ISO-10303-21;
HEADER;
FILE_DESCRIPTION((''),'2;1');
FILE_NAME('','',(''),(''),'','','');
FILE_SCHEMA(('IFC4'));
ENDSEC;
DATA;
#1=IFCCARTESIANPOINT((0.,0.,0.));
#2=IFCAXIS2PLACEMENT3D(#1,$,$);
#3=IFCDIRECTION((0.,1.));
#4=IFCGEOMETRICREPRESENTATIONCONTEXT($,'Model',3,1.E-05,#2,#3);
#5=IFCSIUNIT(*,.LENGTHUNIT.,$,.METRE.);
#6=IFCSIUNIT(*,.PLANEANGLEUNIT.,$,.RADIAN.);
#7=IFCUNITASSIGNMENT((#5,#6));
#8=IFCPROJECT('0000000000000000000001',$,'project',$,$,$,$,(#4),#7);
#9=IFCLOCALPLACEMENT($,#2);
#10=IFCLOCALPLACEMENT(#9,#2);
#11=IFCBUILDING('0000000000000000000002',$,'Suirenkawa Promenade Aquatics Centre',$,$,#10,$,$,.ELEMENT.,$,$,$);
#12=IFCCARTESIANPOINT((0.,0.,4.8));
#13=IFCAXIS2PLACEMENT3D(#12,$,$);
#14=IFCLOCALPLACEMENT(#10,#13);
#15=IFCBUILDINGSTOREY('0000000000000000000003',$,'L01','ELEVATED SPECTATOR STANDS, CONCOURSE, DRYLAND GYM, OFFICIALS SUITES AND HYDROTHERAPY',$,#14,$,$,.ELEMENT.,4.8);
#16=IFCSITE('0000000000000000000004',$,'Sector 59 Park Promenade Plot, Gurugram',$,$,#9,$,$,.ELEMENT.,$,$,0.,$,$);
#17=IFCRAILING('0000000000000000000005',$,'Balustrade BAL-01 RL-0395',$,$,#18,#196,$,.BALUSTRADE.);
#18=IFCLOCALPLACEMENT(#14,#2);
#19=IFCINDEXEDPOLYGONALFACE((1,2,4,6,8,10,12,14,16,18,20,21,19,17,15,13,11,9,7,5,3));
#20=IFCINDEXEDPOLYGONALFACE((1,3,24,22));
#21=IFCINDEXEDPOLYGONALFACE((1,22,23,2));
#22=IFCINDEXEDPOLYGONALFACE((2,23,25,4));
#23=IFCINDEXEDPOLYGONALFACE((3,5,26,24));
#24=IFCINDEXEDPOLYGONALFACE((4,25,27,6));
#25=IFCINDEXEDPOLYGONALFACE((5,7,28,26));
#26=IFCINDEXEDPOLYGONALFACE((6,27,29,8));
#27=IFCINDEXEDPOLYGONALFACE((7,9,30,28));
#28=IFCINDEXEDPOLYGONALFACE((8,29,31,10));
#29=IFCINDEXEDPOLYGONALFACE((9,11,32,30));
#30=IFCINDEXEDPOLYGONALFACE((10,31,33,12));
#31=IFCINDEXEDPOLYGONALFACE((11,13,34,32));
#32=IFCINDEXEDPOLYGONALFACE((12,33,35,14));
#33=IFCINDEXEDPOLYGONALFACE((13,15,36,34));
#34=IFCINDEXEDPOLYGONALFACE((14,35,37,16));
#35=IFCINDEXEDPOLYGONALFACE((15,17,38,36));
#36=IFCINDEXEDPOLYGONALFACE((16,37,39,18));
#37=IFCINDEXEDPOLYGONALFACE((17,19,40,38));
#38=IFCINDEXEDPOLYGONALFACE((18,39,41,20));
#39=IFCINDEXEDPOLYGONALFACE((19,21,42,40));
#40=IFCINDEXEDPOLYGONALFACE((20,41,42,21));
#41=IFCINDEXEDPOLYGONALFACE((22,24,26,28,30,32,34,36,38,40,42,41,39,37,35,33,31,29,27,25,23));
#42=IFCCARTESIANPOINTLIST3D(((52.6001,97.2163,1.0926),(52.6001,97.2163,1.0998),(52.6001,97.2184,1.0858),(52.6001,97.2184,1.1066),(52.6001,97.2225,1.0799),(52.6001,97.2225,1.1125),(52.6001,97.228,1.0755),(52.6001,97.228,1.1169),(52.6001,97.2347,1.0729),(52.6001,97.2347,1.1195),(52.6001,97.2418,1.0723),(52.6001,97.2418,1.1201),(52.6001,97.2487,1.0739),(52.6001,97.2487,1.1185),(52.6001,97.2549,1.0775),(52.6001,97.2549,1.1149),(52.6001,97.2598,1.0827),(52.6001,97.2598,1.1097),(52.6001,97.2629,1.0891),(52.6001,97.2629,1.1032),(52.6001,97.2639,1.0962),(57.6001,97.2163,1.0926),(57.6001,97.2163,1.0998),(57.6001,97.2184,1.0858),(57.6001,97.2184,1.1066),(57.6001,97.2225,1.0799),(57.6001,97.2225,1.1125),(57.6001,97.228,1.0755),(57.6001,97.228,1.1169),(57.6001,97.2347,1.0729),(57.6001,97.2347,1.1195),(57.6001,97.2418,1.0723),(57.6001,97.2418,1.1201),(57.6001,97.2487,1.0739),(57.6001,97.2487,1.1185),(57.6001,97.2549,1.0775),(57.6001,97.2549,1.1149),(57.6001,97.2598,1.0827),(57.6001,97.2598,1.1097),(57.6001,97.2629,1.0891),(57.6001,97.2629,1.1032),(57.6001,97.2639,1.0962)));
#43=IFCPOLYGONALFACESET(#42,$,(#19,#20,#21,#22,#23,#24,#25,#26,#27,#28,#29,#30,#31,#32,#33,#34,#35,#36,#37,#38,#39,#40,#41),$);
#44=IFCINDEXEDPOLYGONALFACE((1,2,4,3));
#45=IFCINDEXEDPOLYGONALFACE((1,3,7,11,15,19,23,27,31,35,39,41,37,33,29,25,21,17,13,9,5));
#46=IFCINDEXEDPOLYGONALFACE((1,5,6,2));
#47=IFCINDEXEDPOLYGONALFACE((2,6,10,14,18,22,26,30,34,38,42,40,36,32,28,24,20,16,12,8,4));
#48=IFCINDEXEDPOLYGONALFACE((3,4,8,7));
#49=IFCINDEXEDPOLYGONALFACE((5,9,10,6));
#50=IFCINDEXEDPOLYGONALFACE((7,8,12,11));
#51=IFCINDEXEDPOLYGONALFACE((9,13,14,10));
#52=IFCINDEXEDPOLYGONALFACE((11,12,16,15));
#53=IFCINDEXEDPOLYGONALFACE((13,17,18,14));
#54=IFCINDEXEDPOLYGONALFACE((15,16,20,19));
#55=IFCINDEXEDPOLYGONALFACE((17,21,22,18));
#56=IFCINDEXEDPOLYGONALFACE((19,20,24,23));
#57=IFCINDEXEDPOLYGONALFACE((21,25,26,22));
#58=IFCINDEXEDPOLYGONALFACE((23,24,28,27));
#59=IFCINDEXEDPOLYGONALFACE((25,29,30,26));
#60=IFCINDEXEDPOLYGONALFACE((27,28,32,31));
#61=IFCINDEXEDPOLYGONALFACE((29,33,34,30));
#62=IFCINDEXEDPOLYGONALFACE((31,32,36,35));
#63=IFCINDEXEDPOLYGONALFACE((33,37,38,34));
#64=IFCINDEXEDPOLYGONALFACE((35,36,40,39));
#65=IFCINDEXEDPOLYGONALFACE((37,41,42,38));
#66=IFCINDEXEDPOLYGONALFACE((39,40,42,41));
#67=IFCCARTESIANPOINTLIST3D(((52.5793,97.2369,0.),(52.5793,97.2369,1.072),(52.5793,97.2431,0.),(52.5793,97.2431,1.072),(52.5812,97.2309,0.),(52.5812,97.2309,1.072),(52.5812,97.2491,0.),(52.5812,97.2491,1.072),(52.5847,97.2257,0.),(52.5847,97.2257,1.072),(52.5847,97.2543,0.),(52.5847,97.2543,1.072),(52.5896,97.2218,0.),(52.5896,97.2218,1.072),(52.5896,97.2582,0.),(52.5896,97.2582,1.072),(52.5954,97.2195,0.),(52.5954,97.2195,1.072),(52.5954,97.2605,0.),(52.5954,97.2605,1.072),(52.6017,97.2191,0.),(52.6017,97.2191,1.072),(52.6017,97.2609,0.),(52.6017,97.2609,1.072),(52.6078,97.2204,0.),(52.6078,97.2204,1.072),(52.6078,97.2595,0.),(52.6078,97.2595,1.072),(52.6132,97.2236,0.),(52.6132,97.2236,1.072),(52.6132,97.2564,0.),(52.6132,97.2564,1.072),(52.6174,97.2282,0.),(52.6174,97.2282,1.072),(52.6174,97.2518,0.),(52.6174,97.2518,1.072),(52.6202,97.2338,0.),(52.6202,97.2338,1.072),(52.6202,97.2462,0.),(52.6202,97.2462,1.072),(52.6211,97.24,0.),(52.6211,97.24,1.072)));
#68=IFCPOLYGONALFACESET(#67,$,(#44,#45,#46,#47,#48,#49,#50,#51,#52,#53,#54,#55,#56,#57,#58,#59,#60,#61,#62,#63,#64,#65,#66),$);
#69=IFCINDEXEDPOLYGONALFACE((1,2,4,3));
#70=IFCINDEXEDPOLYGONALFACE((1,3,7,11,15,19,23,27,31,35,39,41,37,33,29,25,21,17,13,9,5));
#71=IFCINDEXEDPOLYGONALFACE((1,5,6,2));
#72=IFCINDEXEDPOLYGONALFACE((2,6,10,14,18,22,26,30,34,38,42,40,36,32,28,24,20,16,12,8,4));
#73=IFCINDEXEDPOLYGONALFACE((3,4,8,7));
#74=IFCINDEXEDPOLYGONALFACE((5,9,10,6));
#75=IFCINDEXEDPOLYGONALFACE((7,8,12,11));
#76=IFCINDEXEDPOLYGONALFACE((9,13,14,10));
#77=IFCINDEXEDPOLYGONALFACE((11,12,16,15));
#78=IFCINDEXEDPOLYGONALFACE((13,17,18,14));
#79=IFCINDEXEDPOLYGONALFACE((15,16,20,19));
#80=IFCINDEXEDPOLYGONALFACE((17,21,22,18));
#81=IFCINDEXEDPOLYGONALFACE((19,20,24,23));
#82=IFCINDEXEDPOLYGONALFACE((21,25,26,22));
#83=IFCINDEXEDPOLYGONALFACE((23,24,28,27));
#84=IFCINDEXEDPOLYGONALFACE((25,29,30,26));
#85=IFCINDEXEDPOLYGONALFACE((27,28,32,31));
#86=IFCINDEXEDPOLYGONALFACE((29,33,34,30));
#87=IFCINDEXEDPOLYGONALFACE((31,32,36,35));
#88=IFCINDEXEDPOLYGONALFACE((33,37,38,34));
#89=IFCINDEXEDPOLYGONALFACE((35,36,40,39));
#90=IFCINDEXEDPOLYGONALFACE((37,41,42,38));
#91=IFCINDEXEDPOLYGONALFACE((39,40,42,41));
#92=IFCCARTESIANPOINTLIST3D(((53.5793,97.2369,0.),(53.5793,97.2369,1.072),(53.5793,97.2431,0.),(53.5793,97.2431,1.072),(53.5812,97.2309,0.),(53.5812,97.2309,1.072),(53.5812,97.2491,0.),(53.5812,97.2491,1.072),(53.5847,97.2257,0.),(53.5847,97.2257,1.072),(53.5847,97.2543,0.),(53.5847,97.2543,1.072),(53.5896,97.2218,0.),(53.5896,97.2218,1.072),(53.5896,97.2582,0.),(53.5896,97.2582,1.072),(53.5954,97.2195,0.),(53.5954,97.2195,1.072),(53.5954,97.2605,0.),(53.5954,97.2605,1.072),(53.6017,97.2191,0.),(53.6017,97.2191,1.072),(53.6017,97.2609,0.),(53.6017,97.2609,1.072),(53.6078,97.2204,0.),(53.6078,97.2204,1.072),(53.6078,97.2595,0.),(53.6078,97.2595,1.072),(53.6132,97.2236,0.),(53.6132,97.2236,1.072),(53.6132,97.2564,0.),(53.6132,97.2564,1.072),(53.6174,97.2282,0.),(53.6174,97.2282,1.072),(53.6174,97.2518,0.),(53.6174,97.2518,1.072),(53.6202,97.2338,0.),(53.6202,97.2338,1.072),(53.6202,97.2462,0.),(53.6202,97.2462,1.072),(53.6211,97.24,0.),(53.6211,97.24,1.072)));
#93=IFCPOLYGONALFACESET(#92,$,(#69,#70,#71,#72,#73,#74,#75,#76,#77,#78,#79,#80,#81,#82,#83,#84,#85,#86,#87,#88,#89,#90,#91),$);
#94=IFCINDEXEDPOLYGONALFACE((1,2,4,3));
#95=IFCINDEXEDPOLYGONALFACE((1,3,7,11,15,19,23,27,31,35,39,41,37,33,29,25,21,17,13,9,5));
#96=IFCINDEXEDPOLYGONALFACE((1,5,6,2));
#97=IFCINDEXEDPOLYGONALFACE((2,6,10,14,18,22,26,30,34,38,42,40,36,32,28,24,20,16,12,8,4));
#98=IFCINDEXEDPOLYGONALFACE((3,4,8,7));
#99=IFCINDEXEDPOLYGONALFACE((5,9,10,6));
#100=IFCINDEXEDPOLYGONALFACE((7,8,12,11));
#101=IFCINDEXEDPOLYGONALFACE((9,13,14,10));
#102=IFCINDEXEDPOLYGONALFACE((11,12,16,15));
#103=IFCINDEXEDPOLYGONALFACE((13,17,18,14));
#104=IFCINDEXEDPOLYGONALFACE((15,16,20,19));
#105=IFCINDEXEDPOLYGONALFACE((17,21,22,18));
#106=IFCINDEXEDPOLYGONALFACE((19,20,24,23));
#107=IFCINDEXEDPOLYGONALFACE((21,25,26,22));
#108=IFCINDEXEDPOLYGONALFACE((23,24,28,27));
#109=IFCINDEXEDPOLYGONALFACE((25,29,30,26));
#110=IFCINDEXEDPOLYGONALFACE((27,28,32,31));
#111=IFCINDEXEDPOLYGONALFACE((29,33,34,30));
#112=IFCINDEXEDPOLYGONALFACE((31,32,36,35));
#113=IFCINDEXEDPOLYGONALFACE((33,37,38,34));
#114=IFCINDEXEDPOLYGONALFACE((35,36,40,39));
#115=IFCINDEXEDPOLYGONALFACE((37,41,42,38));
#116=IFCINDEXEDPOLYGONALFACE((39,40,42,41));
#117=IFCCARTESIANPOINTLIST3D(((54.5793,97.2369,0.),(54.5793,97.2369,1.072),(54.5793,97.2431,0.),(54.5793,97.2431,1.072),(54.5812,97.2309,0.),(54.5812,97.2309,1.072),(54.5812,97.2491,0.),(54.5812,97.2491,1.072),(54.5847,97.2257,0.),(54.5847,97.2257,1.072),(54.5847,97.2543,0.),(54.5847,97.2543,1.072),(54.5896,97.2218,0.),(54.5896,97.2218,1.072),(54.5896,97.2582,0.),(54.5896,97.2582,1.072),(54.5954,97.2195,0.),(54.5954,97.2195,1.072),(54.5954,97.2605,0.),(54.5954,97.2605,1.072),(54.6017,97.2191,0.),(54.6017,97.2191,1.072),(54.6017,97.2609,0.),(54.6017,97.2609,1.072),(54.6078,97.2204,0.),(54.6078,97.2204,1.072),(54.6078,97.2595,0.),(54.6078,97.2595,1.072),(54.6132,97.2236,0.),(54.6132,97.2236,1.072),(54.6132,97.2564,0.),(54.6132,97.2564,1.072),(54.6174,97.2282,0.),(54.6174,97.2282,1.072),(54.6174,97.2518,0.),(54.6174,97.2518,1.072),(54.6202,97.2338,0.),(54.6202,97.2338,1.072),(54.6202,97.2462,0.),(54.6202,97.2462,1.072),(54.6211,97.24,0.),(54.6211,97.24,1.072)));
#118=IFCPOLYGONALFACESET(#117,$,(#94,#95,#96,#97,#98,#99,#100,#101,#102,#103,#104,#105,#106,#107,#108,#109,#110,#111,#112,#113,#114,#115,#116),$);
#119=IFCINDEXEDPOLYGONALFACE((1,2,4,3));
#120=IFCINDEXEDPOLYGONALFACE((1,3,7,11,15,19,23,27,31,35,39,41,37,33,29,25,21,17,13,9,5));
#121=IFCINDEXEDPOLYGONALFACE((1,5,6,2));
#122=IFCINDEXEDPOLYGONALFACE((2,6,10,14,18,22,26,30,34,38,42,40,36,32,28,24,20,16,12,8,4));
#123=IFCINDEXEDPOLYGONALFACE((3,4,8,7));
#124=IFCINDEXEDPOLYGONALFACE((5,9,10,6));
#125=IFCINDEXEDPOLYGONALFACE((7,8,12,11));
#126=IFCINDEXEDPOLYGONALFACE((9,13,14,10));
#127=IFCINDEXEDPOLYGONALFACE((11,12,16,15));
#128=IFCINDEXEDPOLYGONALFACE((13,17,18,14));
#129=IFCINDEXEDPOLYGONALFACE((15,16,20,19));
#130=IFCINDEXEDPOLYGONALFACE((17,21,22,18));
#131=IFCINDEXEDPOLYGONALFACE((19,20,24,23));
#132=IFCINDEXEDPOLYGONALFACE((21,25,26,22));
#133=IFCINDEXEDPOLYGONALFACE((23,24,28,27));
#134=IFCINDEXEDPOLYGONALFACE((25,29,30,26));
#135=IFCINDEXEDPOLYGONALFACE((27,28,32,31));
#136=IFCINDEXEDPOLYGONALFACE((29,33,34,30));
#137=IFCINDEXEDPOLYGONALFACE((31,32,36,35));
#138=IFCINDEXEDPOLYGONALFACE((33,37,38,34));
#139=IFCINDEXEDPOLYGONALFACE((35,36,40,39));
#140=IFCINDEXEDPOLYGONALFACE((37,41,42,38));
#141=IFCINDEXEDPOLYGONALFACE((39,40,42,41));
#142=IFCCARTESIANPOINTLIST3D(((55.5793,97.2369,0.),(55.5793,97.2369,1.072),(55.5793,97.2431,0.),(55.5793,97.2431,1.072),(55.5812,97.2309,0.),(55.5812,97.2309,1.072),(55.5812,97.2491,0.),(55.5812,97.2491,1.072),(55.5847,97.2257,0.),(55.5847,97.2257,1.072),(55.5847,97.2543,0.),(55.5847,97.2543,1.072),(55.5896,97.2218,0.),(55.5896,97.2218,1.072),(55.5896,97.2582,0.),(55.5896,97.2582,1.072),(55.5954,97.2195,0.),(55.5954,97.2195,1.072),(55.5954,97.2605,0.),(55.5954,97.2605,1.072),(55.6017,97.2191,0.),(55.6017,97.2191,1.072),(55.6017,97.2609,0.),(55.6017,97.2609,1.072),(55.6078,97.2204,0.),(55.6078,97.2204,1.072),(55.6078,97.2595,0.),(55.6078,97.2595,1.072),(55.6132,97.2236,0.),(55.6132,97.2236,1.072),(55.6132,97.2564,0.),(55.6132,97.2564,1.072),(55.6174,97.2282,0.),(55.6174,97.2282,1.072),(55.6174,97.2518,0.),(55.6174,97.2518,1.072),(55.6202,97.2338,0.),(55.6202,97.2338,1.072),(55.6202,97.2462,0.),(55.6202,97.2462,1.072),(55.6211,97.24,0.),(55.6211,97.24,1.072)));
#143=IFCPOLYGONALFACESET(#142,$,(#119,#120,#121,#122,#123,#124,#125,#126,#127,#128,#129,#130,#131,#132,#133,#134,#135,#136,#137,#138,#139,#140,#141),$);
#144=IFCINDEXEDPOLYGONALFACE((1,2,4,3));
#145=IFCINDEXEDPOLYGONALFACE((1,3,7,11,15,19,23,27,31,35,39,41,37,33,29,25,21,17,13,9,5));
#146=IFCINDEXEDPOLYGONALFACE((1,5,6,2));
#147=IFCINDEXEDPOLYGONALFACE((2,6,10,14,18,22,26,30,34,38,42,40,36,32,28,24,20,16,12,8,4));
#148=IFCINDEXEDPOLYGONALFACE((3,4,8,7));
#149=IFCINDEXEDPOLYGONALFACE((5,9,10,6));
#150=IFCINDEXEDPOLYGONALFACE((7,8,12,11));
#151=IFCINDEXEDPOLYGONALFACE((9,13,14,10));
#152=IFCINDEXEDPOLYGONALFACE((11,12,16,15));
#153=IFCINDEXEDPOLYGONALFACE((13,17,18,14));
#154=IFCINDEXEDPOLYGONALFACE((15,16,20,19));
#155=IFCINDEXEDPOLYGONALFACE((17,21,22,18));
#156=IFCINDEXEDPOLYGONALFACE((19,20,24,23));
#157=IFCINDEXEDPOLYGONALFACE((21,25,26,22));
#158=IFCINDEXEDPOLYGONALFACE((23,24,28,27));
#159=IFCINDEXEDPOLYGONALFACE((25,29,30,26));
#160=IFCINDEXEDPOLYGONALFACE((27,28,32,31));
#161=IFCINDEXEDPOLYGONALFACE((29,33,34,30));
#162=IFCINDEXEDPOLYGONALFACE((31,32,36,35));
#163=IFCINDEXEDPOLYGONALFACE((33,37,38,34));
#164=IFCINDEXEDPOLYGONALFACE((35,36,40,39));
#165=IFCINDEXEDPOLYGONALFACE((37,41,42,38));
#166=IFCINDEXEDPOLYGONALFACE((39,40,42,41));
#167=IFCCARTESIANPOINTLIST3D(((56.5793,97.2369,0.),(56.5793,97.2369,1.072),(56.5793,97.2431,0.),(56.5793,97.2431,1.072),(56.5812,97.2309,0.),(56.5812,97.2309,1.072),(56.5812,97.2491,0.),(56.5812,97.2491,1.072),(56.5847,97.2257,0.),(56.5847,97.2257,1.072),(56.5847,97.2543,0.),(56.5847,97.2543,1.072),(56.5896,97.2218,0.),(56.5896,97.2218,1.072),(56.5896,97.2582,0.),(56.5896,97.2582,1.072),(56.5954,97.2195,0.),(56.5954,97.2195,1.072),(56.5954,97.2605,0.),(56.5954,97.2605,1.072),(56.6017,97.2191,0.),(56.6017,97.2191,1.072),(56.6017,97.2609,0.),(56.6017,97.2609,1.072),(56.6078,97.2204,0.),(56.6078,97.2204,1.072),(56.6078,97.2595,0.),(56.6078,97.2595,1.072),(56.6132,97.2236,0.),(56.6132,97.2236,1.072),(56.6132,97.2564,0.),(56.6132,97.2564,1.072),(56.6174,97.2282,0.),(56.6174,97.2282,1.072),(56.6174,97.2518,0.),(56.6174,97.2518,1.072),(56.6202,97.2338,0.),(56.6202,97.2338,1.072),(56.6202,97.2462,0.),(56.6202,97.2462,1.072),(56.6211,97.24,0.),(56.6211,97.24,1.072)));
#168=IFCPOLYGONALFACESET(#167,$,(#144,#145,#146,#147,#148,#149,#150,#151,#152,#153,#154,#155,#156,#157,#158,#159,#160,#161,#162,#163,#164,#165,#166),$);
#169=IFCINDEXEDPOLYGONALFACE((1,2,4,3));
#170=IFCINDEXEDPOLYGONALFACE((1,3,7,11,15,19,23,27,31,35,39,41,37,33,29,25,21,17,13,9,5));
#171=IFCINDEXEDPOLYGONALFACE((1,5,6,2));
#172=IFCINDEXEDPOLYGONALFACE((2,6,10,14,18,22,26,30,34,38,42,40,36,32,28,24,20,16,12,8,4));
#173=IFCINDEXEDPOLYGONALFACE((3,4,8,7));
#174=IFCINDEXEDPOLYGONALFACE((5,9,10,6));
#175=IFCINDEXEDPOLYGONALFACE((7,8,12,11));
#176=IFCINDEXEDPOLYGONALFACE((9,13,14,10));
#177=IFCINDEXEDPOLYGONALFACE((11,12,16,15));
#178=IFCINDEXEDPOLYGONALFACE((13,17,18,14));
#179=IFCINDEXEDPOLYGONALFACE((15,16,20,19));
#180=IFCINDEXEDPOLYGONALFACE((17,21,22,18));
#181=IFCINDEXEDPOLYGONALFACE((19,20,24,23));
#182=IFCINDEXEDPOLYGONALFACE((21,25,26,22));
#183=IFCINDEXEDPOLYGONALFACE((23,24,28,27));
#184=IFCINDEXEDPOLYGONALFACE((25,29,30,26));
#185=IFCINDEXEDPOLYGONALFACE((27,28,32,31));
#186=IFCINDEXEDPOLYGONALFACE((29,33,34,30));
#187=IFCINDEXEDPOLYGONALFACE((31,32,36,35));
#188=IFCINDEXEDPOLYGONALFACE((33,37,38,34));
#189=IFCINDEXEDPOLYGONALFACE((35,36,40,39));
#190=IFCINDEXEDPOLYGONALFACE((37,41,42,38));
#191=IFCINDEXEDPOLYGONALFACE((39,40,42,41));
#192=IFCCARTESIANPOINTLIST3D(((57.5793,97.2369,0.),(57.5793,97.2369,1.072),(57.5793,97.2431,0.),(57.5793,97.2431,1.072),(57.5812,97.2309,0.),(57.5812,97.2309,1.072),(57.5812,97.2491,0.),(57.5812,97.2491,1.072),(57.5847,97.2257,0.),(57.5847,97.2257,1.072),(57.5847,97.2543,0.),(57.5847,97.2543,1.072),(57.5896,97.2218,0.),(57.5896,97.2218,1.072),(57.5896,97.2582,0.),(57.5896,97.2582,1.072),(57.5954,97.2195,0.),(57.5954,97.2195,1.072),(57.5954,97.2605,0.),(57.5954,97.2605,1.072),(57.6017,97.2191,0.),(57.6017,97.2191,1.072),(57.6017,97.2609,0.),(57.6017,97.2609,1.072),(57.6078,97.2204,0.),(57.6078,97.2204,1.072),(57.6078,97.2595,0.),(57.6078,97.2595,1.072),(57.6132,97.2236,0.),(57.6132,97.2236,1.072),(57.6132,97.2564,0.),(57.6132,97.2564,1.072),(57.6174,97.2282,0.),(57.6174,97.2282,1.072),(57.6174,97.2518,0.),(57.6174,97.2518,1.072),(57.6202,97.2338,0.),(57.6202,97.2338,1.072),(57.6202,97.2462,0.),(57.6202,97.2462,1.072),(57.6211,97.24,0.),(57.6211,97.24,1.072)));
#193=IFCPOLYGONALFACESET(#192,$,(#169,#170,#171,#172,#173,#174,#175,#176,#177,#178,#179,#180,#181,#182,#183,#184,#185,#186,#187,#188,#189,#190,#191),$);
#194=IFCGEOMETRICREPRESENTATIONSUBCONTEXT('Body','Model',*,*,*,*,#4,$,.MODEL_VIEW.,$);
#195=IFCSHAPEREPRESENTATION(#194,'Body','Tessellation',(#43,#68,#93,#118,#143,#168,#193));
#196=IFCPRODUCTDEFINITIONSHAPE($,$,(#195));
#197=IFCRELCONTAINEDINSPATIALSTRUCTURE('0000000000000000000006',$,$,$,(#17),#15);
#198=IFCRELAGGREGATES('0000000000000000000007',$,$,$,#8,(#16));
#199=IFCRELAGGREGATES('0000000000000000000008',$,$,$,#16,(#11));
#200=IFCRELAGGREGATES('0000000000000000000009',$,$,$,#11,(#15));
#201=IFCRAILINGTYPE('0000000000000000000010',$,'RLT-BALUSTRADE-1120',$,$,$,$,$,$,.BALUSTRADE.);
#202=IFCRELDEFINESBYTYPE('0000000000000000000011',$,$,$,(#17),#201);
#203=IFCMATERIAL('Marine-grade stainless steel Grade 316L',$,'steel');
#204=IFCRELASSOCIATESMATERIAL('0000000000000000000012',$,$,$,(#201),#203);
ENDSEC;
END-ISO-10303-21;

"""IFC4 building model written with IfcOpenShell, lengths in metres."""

from ifc_helpers import new_model, si_unit, direction, frame, origin, origin_2d, place, context, subcontext, project, spatial, circle, extrude, material, type_object, element, save


model = new_model("IFC4")

# Units and contexts
model_context = context("Model", 3, precision=1e-05, world=origin(), true_north=direction((0.0, 1.0)))
body_context = subcontext(model_context, "Body", "Model", "MODEL_VIEW")
ifc_project = project(units=[si_unit("LENGTHUNIT", "METRE"), si_unit("PLANEANGLEUNIT", "RADIAN")], contexts=[model_context])

# Site, building, storey
site_placement = place(None, origin())
site = spatial("IfcSite", under=ifc_project, at=site_placement, Name="Sector 59 Park Promenade Plot, Gurugram", CompositionType="ELEMENT", RefElevation=0.0)
building_placement = place(site_placement, origin())
building = spatial("IfcBuilding", under=site, at=building_placement, Name="Suirenkawa Promenade Aquatics Centre", CompositionType="ELEMENT")
storey_placement = place(building_placement, frame((0.0, 0.0, 4.8)))
storey = spatial("IfcBuildingStorey", under=building, at=storey_placement, Name="L01", Description="ELEVATED SPECTATOR STANDS, CONCOURSE, DRYLAND GYM, OFFICIALS SUITES AND HYDROTHERAPY", CompositionType="ELEMENT", Elevation=4.8)

# Railing
ifc_material_1 = material(Name="Marine-grade stainless steel Grade 316L", Category="steel")
railing_type_1 = type_object("IfcRailingType", Name="RLT-BALUSTRADE-1120", PredefinedType="BALUSTRADE", material=ifc_material_1)
railing_1_placement = place(storey_placement, frame((52.6001, 97.24, 0.0)))
element("IfcRailing", 1, at=railing_1_placement, inside=storey, type_object=railing_type_1, Name="Balustrade BAL-01 RL-0395", PredefinedType="BALUSTRADE", context=body_context, shape_type="SweptSolid", body=[
    extrude(circle(Radius=0.0239, at=origin_2d()), frame((0.0, 0.0, 1.0962), z_axis=(1.0, 0.0, 0.0), x_axis=(0.0, 1.0, 0.0)), (0.0, 0.0, 1.0), 5.0),
    extrude(circle(Radius=0.021, at=origin_2d()), origin(), (0.0, 0.0, 1.0), 1.072),
    extrude(circle(Radius=0.021, at=origin_2d()), frame((1.0, 0.0, 0.0)), (0.0, 0.0, 1.0), 1.072),
    extrude(circle(Radius=0.021, at=origin_2d()), frame((2.0, 0.0, 0.0)), (0.0, 0.0, 1.0), 1.072),
    extrude(circle(Radius=0.021, at=origin_2d()), frame((3.0, 0.0, 0.0)), (0.0, 0.0, 1.0), 1.072),
    extrude(circle(Radius=0.021, at=origin_2d()), frame((4.0, 0.0, 0.0)), (0.0, 0.0, 1.0), 1.072),
    extrude(circle(Radius=0.021, at=origin_2d()), frame((5.0, 0.0, 0.0)), (0.0, 0.0, 1.0), 1.072),
])

save(model, "model.ifc")
